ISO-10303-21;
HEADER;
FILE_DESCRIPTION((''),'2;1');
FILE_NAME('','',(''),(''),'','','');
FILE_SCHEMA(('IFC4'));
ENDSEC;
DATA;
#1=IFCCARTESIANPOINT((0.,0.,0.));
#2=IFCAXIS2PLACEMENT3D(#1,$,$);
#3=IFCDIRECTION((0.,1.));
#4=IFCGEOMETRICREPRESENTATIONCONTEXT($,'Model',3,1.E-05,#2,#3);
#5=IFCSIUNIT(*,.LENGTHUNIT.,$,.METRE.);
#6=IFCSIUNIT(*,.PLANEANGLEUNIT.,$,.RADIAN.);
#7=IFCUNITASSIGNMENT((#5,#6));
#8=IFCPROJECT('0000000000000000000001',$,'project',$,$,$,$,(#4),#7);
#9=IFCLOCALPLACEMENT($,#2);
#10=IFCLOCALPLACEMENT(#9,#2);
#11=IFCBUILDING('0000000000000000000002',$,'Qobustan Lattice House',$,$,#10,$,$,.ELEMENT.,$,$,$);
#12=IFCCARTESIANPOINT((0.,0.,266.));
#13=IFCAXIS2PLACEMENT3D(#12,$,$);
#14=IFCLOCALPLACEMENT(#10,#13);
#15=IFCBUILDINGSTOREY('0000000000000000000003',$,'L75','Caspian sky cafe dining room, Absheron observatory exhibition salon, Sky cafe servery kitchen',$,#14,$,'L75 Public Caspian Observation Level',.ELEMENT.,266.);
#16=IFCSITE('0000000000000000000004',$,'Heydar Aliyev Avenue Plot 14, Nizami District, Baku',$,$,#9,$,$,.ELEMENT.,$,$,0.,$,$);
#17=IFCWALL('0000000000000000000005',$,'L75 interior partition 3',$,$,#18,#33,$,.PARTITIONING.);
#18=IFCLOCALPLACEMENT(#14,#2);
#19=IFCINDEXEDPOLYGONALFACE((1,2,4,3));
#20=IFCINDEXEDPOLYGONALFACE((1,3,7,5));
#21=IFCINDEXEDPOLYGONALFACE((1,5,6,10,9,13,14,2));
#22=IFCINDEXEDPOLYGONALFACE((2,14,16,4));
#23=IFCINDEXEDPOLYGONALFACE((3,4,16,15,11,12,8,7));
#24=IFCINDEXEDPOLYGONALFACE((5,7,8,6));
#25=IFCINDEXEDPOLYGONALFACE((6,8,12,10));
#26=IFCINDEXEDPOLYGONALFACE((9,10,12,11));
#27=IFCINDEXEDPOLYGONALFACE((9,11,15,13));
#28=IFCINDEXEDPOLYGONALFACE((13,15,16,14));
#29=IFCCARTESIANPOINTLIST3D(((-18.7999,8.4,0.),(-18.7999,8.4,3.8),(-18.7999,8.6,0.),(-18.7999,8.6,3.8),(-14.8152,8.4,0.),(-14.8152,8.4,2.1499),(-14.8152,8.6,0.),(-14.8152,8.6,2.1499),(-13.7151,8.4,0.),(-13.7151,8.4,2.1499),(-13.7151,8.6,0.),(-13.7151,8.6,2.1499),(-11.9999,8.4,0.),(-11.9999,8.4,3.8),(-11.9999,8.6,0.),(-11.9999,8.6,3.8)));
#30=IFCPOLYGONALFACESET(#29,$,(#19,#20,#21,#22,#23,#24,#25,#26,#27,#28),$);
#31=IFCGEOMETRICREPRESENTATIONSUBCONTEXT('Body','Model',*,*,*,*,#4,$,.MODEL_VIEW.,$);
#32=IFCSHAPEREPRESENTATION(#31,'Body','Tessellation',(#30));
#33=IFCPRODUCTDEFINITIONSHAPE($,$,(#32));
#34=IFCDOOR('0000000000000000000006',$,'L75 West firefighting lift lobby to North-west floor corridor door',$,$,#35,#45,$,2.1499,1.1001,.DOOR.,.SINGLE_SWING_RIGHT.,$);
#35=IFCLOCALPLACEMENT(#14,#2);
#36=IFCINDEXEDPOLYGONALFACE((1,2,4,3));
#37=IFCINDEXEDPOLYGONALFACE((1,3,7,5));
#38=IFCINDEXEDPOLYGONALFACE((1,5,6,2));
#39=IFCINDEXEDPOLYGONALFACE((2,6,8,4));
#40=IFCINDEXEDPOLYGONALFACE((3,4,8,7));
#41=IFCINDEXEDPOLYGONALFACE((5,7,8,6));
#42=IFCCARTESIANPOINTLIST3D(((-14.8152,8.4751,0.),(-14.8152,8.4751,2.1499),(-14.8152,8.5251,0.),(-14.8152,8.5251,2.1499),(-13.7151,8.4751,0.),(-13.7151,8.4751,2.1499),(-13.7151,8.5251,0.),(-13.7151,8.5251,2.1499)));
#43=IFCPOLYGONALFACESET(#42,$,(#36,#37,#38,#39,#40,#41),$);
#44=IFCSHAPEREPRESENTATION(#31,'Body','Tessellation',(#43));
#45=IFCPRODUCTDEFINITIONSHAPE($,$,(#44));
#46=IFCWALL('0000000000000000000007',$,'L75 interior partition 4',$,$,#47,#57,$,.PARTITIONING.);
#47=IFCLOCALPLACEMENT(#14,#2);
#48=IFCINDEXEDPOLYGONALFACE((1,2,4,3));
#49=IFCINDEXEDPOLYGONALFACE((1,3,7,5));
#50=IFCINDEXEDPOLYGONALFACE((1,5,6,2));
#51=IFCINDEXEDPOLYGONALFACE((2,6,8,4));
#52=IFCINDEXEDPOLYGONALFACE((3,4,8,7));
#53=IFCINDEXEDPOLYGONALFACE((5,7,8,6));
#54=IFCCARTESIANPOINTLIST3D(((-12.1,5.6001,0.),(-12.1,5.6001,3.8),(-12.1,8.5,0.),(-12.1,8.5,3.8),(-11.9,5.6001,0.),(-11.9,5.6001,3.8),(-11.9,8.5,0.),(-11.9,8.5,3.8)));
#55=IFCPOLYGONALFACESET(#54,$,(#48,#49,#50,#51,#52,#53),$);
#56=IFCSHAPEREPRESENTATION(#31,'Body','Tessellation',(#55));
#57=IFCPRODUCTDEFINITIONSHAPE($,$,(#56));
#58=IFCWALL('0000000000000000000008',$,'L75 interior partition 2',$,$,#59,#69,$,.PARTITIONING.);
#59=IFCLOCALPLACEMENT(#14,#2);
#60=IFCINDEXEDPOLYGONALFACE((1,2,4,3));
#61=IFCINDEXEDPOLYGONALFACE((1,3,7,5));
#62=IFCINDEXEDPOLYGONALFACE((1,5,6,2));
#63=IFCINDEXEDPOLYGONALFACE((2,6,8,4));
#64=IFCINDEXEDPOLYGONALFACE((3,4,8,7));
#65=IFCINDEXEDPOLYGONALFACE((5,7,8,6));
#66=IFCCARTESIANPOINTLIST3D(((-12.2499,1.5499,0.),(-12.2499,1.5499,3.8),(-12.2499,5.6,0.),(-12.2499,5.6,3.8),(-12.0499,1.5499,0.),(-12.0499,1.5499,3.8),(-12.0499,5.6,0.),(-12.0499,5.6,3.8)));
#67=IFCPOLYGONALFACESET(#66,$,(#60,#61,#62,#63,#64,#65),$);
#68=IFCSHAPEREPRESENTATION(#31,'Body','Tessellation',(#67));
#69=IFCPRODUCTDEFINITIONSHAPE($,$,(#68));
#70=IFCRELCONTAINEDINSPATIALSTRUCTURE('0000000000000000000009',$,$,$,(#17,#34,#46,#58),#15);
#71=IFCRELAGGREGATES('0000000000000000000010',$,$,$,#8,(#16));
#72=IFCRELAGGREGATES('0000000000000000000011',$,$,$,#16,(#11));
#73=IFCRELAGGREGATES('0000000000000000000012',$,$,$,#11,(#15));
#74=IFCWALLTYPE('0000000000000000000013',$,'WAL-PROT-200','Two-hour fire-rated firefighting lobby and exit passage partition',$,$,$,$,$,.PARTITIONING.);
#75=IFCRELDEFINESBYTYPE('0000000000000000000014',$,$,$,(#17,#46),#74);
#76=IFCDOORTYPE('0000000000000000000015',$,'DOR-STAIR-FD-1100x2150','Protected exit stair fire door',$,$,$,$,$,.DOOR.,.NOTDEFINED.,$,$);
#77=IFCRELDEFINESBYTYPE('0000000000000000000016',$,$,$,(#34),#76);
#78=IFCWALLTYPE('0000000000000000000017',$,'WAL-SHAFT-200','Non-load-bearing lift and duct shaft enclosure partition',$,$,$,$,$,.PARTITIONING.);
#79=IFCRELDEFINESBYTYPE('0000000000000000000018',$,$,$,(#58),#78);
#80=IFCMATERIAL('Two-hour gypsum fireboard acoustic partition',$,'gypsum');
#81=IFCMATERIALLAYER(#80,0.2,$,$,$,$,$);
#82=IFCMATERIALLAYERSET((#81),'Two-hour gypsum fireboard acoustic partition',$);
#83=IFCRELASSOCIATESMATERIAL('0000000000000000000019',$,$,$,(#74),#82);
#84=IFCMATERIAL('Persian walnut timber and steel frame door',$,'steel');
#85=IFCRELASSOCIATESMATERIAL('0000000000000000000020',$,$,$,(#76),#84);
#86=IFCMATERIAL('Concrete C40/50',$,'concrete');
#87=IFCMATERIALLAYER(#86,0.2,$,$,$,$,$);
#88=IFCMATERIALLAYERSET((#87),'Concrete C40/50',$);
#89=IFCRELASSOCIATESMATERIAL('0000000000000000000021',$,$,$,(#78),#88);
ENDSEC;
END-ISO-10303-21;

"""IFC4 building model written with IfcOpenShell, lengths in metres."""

from ifc_helpers import new_model, si_unit, direction, frame, frame_2d, origin, place, context, subcontext, project, spatial, rectangle, extrude, material, layer, layer_set, type_object, element, fill, save


model = new_model("IFC4")

# Units and contexts
model_context = context("Model", 3, precision=1e-05, world=origin(), true_north=direction((0.0, 1.0)))
body_context = subcontext(model_context, "Body", "Model", "MODEL_VIEW")
ifc_project = project(units=[si_unit("LENGTHUNIT", "METRE"), si_unit("PLANEANGLEUNIT", "RADIAN")], contexts=[model_context])

# Site, building, storey
site_placement = place(None, origin())
site = spatial("IfcSite", under=ifc_project, at=site_placement, Name="Heydar Aliyev Avenue Plot 14, Nizami District, Baku", CompositionType="ELEMENT", RefElevation=0.0)
building_placement = place(site_placement, origin())
building = spatial("IfcBuilding", under=site, at=building_placement, Name="Qobustan Lattice House", CompositionType="ELEMENT")
storey_placement = place(building_placement, frame((0.0, 0.0, 266.0)))
storey = spatial("IfcBuildingStorey", under=building, at=storey_placement, Name="L75", Description="Caspian sky cafe dining room, Absheron observatory exhibition salon, Sky cafe servery kitchen", LongName="L75 Public Caspian Observation Level", CompositionType="ELEMENT", Elevation=266.0)

# Wall, opening, door
ifc_material_1 = material(Name="Two-hour gypsum fireboard acoustic partition", Category="gypsum")
ifc_layer_1 = layer(ifc_material_1, 0.2)
ifc_layer_set_1 = layer_set([ifc_layer_1], Name="Two-hour gypsum fireboard acoustic partition")
wall_type_1 = type_object("IfcWallType", Name="WAL-PROT-200", Description="Two-hour fire-rated firefighting lobby and exit passage partition", PredefinedType="PARTITIONING", material=ifc_layer_set_1)
wall_1_placement = place(storey_placement, frame((-12.0, 8.5, 0.0), z_axis=(0.0, 0.0, 1.0), x_axis=(-1.0, 0.0, 0.0)))
wall_1 = element("IfcWall", 1, at=wall_1_placement, inside=storey, type_object=wall_type_1, Name="L75 interior partition 3", PredefinedType="PARTITIONING", context=body_context, shape_type="SweptSolid", body=[
    extrude(rectangle(XDim=6.8, YDim=0.2, at=frame_2d((3.3999, 0.0))), origin(), (0.0, 0.0, 1.0), 3.8),
])
opening_1_placement = place(wall_1_placement, frame((1.7151, 0.0, 0.0)))
opening_1 = element("IfcOpeningElement", 2, at=opening_1_placement, cuts=wall_1, PredefinedType="OPENING", context=body_context, shape_type="SweptSolid", body=[
    extrude(rectangle(XDim=1.1001, YDim=2.1499, at=frame_2d((0.55, 1.075))), frame((0.0, 0.1099, 0.0), z_axis=(0.0, -1.0, 0.0), x_axis=(1.0, 0.0, 0.0)), (0.0, 0.0, 1.0), 0.22),
])
ifc_material_2 = material(Name="Persian walnut timber and steel frame door", Category="steel")
door_type_1 = type_object("IfcDoorType", Name="DOR-STAIR-FD-1100x2150", Description="Protected exit stair fire door", OperationType="NOTDEFINED", PredefinedType="DOOR", material=ifc_material_2)
door_1_placement = place(opening_1_placement, origin())
door_1 = element("IfcDoor", 3, at=door_1_placement, inside=storey, type_object=door_type_1, Name="L75 West firefighting lift lobby to North-west floor corridor door", OperationType="SINGLE_SWING_RIGHT", OverallHeight=2.1499, OverallWidth=1.1001, PredefinedType="DOOR", context=body_context, shape_type="SweptSolid", body=[
    extrude(rectangle(XDim=1.1001, YDim=2.1499, at=frame_2d((0.55, 1.075))), frame((0.0, 0.0249, 0.0), z_axis=(0.0, -1.0, 0.0), x_axis=(1.0, 0.0, 0.0)), (0.0, 0.0, 1.0), 0.05),
])
fill(opening_1, door_1)

# Walls
wall_2_placement = place(storey_placement, frame((-12.0, 5.6001, 0.0), z_axis=(0.0, 0.0, 1.0), x_axis=(0.0, 1.0, 0.0)))
element("IfcWall", 4, at=wall_2_placement, inside=storey, type_object=wall_type_1, Name="L75 interior partition 4", PredefinedType="PARTITIONING", context=body_context, shape_type="SweptSolid", body=[
    extrude(rectangle(XDim=2.8999, YDim=0.2, at=frame_2d((1.45, 0.0))), origin(), (0.0, 0.0, 1.0), 3.8),
])
ifc_material_3 = material(Name="Concrete C40/50", Category="concrete")
ifc_layer_2 = layer(ifc_material_3, 0.2)
ifc_layer_set_2 = layer_set([ifc_layer_2], Name="Concrete C40/50")
wall_type_2 = type_object("IfcWallType", Name="WAL-SHAFT-200", Description="Non-load-bearing lift and duct shaft enclosure partition", PredefinedType="PARTITIONING", material=ifc_layer_set_2)
wall_3_placement = place(storey_placement, frame((-12.1499, 1.55, 0.0), z_axis=(0.0, 0.0, 1.0), x_axis=(0.0, 1.0, 0.0)))
element("IfcWall", 5, at=wall_3_placement, inside=storey, type_object=wall_type_2, Name="L75 interior partition 2", PredefinedType="PARTITIONING", context=body_context, shape_type="SweptSolid", body=[
    extrude(rectangle(XDim=4.05, YDim=0.2, at=frame_2d((2.0249, 0.0))), origin(), (0.0, 0.0, 1.0), 3.8),
])

save(model, "model.ifc")
